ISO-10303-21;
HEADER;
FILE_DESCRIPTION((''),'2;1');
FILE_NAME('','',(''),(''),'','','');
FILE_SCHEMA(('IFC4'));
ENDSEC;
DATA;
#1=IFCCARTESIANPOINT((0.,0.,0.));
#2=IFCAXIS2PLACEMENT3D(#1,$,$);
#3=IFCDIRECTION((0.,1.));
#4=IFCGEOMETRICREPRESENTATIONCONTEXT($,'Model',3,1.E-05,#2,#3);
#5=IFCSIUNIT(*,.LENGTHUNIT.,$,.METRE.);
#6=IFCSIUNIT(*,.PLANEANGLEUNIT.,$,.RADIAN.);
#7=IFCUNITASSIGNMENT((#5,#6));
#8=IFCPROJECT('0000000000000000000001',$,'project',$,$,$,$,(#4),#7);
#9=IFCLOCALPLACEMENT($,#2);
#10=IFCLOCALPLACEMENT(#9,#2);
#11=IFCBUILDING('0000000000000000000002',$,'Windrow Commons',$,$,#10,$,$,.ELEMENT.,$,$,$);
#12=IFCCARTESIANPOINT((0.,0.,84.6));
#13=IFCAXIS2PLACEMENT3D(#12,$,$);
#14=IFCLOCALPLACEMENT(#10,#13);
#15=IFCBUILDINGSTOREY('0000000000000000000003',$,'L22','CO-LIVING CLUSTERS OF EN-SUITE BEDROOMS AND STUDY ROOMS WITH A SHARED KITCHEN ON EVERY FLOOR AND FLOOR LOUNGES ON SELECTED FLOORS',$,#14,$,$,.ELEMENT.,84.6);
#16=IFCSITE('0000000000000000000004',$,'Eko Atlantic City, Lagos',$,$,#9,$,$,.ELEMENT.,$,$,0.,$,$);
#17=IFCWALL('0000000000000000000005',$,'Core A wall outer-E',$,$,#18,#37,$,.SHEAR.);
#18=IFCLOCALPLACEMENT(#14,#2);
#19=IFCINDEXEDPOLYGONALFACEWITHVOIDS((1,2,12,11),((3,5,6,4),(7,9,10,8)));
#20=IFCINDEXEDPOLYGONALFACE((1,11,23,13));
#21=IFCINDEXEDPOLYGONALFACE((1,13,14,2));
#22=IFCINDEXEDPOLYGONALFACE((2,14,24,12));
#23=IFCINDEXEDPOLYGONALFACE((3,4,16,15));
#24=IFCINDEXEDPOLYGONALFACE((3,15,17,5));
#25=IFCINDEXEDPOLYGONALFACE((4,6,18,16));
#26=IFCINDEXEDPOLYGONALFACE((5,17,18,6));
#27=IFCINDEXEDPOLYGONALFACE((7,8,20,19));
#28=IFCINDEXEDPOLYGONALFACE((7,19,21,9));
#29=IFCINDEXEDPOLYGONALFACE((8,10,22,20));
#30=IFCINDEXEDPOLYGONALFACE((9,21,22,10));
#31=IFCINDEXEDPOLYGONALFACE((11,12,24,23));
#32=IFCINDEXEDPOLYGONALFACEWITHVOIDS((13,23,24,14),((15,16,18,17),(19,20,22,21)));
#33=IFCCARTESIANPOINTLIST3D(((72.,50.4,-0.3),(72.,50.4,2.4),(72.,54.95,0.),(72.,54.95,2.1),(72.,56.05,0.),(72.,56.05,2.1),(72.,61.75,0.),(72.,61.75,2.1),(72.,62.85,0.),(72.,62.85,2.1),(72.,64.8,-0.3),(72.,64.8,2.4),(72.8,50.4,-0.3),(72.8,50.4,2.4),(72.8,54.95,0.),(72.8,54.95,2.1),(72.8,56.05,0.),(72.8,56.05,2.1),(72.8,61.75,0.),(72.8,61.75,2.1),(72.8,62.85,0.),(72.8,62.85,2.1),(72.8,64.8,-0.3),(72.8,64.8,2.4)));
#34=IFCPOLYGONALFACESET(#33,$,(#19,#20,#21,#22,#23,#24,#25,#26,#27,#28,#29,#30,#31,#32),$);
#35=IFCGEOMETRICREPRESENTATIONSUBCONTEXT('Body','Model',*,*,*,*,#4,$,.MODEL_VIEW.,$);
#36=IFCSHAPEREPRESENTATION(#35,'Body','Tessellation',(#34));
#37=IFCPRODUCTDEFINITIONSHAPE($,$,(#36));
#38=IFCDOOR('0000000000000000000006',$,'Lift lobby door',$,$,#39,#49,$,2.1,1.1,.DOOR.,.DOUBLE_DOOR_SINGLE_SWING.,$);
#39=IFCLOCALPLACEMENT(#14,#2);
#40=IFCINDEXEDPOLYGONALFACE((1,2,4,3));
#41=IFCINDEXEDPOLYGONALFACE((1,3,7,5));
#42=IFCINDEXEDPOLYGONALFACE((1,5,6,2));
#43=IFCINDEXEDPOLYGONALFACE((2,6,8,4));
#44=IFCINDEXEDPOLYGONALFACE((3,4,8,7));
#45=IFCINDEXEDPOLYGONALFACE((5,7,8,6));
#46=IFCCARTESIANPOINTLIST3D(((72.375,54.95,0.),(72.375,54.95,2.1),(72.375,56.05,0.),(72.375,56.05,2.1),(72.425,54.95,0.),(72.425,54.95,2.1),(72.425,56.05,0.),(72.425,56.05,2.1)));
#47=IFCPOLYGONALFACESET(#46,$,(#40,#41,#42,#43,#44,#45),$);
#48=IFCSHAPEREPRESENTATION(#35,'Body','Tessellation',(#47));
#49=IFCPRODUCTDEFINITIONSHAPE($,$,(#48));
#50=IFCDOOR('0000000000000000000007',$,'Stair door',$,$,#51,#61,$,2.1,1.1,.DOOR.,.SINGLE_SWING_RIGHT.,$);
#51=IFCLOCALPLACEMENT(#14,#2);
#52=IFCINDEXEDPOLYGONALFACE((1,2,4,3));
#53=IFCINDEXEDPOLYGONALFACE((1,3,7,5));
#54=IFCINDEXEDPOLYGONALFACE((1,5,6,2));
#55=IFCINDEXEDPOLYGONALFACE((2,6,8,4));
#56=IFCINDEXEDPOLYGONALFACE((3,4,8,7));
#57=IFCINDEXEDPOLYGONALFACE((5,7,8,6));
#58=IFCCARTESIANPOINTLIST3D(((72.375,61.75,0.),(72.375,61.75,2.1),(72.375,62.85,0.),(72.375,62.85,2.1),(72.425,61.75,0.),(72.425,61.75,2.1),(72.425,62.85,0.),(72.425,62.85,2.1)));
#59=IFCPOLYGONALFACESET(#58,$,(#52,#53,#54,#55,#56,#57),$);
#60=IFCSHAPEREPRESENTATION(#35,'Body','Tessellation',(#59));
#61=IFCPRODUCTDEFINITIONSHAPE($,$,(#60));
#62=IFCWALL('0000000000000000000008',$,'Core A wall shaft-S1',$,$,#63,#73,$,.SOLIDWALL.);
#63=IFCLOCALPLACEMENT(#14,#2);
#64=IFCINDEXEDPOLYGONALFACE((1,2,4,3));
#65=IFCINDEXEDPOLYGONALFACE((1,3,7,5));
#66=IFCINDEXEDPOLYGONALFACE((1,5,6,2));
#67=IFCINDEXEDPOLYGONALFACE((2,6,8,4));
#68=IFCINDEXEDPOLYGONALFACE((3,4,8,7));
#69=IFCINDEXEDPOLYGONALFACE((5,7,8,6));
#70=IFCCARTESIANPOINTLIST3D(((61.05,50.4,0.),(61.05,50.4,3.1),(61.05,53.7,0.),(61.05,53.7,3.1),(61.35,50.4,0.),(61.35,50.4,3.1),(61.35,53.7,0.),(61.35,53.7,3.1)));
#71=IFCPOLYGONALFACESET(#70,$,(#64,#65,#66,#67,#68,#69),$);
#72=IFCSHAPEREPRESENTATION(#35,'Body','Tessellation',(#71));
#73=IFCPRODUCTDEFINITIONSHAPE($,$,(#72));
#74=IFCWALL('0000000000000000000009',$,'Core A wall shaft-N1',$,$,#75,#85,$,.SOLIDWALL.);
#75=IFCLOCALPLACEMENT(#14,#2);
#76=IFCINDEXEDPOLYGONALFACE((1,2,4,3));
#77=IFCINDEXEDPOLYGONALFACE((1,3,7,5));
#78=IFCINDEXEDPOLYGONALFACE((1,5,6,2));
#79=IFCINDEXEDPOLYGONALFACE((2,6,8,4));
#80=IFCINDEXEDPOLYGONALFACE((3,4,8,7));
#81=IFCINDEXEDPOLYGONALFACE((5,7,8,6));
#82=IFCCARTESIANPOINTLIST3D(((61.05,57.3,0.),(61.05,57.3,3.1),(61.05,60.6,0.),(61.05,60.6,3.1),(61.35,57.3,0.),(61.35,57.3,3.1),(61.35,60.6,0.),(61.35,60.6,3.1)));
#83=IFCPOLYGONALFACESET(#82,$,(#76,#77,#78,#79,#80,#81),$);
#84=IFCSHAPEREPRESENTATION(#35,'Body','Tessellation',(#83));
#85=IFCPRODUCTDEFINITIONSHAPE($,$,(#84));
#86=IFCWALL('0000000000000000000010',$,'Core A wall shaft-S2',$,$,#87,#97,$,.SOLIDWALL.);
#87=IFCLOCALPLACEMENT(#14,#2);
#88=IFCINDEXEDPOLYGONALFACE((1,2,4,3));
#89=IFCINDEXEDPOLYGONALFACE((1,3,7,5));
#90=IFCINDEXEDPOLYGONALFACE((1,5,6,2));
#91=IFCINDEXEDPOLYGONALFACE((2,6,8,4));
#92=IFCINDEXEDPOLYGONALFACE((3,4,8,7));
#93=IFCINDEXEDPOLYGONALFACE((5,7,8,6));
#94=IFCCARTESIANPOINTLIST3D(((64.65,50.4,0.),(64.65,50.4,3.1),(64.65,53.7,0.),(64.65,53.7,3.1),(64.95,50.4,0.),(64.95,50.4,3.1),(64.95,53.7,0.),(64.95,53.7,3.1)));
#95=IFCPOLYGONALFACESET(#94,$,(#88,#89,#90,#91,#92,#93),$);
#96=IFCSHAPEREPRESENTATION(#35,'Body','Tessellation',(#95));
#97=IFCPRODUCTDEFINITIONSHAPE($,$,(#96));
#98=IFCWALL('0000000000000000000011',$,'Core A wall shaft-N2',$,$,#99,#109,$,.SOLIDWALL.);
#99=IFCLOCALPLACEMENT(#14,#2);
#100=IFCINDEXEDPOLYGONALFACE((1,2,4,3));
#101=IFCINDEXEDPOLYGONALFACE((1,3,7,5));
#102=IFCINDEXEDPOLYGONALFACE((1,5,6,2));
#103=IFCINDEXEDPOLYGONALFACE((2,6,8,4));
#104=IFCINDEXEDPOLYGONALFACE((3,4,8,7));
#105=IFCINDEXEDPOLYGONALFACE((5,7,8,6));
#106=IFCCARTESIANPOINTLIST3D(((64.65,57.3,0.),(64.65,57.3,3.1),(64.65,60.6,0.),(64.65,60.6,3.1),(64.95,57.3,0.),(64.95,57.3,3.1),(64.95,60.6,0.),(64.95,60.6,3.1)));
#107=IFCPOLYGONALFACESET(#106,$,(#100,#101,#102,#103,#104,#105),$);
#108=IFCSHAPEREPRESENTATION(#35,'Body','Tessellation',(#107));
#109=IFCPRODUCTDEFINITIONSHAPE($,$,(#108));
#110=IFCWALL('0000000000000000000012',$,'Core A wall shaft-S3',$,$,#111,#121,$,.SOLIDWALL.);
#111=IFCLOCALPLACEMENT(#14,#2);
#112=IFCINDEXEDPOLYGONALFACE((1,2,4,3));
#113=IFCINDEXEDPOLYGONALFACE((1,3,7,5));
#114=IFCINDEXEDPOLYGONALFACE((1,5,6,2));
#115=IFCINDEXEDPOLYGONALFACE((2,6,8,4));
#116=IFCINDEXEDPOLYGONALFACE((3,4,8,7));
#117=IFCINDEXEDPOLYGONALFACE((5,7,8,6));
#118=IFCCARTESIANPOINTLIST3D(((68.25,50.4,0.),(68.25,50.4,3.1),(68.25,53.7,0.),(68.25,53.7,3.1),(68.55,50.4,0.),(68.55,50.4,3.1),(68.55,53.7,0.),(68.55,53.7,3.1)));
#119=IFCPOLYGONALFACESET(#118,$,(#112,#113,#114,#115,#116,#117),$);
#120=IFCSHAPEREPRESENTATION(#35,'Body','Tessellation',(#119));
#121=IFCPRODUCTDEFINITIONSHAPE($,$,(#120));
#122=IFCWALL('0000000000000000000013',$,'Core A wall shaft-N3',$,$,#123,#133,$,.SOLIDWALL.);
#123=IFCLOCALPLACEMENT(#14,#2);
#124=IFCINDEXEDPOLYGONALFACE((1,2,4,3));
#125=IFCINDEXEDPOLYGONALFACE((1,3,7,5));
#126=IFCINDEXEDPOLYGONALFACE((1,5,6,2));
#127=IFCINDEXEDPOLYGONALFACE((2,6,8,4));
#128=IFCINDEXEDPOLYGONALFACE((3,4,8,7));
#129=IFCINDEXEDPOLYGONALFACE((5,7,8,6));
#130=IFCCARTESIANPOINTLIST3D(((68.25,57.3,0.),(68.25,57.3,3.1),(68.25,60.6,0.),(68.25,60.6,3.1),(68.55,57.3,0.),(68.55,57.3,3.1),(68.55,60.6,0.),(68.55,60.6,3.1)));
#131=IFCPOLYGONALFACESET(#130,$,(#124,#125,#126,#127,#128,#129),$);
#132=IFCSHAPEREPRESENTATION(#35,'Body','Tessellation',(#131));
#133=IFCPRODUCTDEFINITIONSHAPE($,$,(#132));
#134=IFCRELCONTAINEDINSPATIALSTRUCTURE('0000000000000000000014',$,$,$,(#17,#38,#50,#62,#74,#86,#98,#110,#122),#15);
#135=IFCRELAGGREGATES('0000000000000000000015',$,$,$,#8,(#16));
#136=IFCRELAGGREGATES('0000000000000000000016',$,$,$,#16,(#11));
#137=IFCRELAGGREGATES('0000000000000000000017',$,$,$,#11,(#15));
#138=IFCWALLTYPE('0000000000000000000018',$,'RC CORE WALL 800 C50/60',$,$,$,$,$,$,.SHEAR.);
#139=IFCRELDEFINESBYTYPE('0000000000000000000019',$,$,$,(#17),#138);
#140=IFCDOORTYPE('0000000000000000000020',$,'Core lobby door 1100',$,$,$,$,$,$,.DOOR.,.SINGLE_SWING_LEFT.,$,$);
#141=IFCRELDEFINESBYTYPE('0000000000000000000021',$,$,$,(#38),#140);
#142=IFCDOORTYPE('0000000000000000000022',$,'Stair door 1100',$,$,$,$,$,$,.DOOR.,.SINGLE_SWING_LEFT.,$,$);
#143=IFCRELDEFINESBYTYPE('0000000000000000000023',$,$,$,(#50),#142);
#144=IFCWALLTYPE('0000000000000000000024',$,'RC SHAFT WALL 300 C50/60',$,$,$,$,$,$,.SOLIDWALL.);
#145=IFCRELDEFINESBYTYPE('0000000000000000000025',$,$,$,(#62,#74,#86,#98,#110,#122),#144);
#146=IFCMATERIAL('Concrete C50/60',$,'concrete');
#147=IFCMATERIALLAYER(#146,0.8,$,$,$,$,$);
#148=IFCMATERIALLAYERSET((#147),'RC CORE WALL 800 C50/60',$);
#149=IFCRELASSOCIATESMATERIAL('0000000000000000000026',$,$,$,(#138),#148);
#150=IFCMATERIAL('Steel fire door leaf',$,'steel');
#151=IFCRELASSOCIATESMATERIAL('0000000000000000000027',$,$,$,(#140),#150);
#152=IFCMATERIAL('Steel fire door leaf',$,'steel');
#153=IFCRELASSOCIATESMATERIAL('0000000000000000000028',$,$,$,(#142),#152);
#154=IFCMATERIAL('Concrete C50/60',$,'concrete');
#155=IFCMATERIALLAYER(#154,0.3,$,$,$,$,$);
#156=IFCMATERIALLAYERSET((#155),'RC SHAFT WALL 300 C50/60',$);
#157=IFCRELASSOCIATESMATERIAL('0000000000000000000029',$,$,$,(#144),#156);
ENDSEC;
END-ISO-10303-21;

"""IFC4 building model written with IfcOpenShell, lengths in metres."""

from ifc_helpers import new_model, si_unit, direction, frame, frame_2d, origin, place, context, subcontext, project, spatial, rectangle, extrude, material, layer, layer_set, type_object, element, fill, save


model = new_model("IFC4")

# Units and contexts
model_context = context("Model", 3, precision=1e-05, world=origin(), true_north=direction((0.0, 1.0)))
body_context = subcontext(model_context, "Body", "Model", "MODEL_VIEW")
ifc_project = project(units=[si_unit("LENGTHUNIT", "METRE"), si_unit("PLANEANGLEUNIT", "RADIAN")], contexts=[model_context])

# Site, building, storey
site_placement = place(None, origin())
site = spatial("IfcSite", under=ifc_project, at=site_placement, Name="Eko Atlantic City, Lagos", CompositionType="ELEMENT", RefElevation=0.0)
building_placement = place(site_placement, origin())
building = spatial("IfcBuilding", under=site, at=building_placement, Name="Windrow Commons", CompositionType="ELEMENT")
storey_placement = place(building_placement, frame((0.0, 0.0, 84.6)))
storey = spatial("IfcBuildingStorey", under=building, at=storey_placement, Name="L22", Description="CO-LIVING CLUSTERS OF EN-SUITE BEDROOMS AND STUDY ROOMS WITH A SHARED KITCHEN ON EVERY FLOOR AND FLOOR LOUNGES ON SELECTED FLOORS", CompositionType="ELEMENT", Elevation=84.6)

# Wall, openings, doors
ifc_material_1 = material(Name="Concrete C50/60", Category="concrete")
ifc_layer_1 = layer(ifc_material_1, 0.8)
ifc_layer_set_1 = layer_set([ifc_layer_1], Name="RC CORE WALL 800 C50/60")
wall_type_1 = type_object("IfcWallType", Name="RC CORE WALL 800 C50/60", PredefinedType="SHEAR", material=ifc_layer_set_1)
wall_1_placement = place(storey_placement, frame((72.4, 50.4, -0.3), z_axis=(0.0, 0.0, 1.0), x_axis=(0.0, 1.0, 0.0)))
wall_1 = element("IfcWall", 1, at=wall_1_placement, inside=storey, type_object=wall_type_1, Name="Core A wall outer-E", PredefinedType="SHEAR", context=body_context, shape_type="SweptSolid", body=[
    extrude(rectangle(XDim=14.4, YDim=0.8, at=frame_2d((7.2, 0.0))), origin(), (0.0, 0.0, 1.0), 2.7),
])
opening_1_placement = place(wall_1_placement, frame((4.55, 0.0, 0.3)))
opening_1 = element("IfcOpeningElement", 2, at=opening_1_placement, cuts=wall_1, PredefinedType="OPENING", context=body_context, shape_type="SweptSolid", body=[
    extrude(rectangle(XDim=1.1, YDim=2.1, at=frame_2d((0.55, 1.05))), frame((0.0, 0.41, 0.0), z_axis=(0.0, -1.0, 0.0), x_axis=(1.0, 0.0, 0.0)), (0.0, 0.0, 1.0), 0.82),
])
opening_2_placement = place(wall_1_placement, frame((11.35, 0.0, 0.3)))
opening_2 = element("IfcOpeningElement", 3, at=opening_2_placement, cuts=wall_1, PredefinedType="OPENING", context=body_context, shape_type="SweptSolid", body=[
    extrude(rectangle(XDim=1.1, YDim=2.1, at=frame_2d((0.55, 1.05))), frame((0.0, 0.41, 0.0), z_axis=(0.0, -1.0, 0.0), x_axis=(1.0, 0.0, 0.0)), (0.0, 0.0, 1.0), 0.82),
])
ifc_material_2 = material(Name="Steel fire door leaf", Category="steel")
door_type_1 = type_object("IfcDoorType", Name="Core lobby door 1100", OperationType="SINGLE_SWING_LEFT", PredefinedType="DOOR", material=ifc_material_2)
door_1_placement = place(opening_1_placement, origin())
door_1 = element("IfcDoor", 4, at=door_1_placement, inside=storey, type_object=door_type_1, Name="Lift lobby door", OperationType="DOUBLE_DOOR_SINGLE_SWING", OverallHeight=2.1, OverallWidth=1.1, PredefinedType="DOOR", context=body_context, shape_type="SweptSolid", body=[
    extrude(rectangle(XDim=1.1, YDim=2.1, at=frame_2d((0.55, 1.05))), frame((0.0, 0.025, 0.0), z_axis=(0.0, -1.0, 0.0), x_axis=(1.0, 0.0, 0.0)), (0.0, 0.0, 1.0), 0.05),
])
fill(opening_1, door_1)
ifc_material_3 = material(Name="Steel fire door leaf", Category="steel")
door_type_2 = type_object("IfcDoorType", Name="Stair door 1100", OperationType="SINGLE_SWING_LEFT", PredefinedType="DOOR", material=ifc_material_3)
door_2_placement = place(opening_2_placement, origin())
door_2 = element("IfcDoor", 5, at=door_2_placement, inside=storey, type_object=door_type_2, Name="Stair door", OperationType="SINGLE_SWING_RIGHT", OverallHeight=2.1, OverallWidth=1.1, PredefinedType="DOOR", context=body_context, shape_type="SweptSolid", body=[
    extrude(rectangle(XDim=1.1, YDim=2.1, at=frame_2d((0.55, 1.05))), frame((0.0, 0.025, 0.0), z_axis=(0.0, -1.0, 0.0), x_axis=(1.0, 0.0, 0.0)), (0.0, 0.0, 1.0), 0.05),
])
fill(opening_2, door_2)

# Walls
ifc_material_4 = material(Name="Concrete C50/60", Category="concrete")
ifc_layer_2 = layer(ifc_material_4, 0.3)
ifc_layer_set_2 = layer_set([ifc_layer_2], Name="RC SHAFT WALL 300 C50/60")
wall_type_2 = type_object("IfcWallType", Name="RC SHAFT WALL 300 C50/60", PredefinedType="SOLIDWALL", material=ifc_layer_set_2)
for number, where, z_axis, x_axis, name in (
    (6, (61.2, 50.4, 0.0), (0.0, 0.0, 1.0), (0.0, 1.0, 0.0), "Core A wall shaft-S1"),
    (7, (61.2, 57.3, 0.0), (0.0, 0.0, 1.0), (0.0, 1.0, 0.0), "Core A wall shaft-N1"),
    (8, (64.8, 50.4, 0.0), (0.0, 0.0, 1.0), (0.0, 1.0, 0.0), "Core A wall shaft-S2"),
    (9, (64.8, 57.3, 0.0), (0.0, 0.0, 1.0), (0.0, 1.0, 0.0), "Core A wall shaft-N2"),
    (10, (68.4, 50.4, 0.0), (0.0, 0.0, 1.0), (0.0, 1.0, 0.0), "Core A wall shaft-S3"),
    (11, (68.4, 57.3, 0.0), (0.0, 0.0, 1.0), (0.0, 1.0, 0.0), "Core A wall shaft-N3"),
):
    element("IfcWall", number, at=place(storey_placement, frame(where, z_axis=z_axis, x_axis=x_axis)), inside=storey, type_object=wall_type_2, Name=name, PredefinedType="SOLIDWALL", context=body_context, shape_type="SweptSolid", body=[
        extrude(rectangle(XDim=3.3, YDim=0.3, at=frame_2d((1.65, 0.0))), origin(), (0.0, 0.0, 1.0), 3.1),
    ])

save(model, "model.ifc")
